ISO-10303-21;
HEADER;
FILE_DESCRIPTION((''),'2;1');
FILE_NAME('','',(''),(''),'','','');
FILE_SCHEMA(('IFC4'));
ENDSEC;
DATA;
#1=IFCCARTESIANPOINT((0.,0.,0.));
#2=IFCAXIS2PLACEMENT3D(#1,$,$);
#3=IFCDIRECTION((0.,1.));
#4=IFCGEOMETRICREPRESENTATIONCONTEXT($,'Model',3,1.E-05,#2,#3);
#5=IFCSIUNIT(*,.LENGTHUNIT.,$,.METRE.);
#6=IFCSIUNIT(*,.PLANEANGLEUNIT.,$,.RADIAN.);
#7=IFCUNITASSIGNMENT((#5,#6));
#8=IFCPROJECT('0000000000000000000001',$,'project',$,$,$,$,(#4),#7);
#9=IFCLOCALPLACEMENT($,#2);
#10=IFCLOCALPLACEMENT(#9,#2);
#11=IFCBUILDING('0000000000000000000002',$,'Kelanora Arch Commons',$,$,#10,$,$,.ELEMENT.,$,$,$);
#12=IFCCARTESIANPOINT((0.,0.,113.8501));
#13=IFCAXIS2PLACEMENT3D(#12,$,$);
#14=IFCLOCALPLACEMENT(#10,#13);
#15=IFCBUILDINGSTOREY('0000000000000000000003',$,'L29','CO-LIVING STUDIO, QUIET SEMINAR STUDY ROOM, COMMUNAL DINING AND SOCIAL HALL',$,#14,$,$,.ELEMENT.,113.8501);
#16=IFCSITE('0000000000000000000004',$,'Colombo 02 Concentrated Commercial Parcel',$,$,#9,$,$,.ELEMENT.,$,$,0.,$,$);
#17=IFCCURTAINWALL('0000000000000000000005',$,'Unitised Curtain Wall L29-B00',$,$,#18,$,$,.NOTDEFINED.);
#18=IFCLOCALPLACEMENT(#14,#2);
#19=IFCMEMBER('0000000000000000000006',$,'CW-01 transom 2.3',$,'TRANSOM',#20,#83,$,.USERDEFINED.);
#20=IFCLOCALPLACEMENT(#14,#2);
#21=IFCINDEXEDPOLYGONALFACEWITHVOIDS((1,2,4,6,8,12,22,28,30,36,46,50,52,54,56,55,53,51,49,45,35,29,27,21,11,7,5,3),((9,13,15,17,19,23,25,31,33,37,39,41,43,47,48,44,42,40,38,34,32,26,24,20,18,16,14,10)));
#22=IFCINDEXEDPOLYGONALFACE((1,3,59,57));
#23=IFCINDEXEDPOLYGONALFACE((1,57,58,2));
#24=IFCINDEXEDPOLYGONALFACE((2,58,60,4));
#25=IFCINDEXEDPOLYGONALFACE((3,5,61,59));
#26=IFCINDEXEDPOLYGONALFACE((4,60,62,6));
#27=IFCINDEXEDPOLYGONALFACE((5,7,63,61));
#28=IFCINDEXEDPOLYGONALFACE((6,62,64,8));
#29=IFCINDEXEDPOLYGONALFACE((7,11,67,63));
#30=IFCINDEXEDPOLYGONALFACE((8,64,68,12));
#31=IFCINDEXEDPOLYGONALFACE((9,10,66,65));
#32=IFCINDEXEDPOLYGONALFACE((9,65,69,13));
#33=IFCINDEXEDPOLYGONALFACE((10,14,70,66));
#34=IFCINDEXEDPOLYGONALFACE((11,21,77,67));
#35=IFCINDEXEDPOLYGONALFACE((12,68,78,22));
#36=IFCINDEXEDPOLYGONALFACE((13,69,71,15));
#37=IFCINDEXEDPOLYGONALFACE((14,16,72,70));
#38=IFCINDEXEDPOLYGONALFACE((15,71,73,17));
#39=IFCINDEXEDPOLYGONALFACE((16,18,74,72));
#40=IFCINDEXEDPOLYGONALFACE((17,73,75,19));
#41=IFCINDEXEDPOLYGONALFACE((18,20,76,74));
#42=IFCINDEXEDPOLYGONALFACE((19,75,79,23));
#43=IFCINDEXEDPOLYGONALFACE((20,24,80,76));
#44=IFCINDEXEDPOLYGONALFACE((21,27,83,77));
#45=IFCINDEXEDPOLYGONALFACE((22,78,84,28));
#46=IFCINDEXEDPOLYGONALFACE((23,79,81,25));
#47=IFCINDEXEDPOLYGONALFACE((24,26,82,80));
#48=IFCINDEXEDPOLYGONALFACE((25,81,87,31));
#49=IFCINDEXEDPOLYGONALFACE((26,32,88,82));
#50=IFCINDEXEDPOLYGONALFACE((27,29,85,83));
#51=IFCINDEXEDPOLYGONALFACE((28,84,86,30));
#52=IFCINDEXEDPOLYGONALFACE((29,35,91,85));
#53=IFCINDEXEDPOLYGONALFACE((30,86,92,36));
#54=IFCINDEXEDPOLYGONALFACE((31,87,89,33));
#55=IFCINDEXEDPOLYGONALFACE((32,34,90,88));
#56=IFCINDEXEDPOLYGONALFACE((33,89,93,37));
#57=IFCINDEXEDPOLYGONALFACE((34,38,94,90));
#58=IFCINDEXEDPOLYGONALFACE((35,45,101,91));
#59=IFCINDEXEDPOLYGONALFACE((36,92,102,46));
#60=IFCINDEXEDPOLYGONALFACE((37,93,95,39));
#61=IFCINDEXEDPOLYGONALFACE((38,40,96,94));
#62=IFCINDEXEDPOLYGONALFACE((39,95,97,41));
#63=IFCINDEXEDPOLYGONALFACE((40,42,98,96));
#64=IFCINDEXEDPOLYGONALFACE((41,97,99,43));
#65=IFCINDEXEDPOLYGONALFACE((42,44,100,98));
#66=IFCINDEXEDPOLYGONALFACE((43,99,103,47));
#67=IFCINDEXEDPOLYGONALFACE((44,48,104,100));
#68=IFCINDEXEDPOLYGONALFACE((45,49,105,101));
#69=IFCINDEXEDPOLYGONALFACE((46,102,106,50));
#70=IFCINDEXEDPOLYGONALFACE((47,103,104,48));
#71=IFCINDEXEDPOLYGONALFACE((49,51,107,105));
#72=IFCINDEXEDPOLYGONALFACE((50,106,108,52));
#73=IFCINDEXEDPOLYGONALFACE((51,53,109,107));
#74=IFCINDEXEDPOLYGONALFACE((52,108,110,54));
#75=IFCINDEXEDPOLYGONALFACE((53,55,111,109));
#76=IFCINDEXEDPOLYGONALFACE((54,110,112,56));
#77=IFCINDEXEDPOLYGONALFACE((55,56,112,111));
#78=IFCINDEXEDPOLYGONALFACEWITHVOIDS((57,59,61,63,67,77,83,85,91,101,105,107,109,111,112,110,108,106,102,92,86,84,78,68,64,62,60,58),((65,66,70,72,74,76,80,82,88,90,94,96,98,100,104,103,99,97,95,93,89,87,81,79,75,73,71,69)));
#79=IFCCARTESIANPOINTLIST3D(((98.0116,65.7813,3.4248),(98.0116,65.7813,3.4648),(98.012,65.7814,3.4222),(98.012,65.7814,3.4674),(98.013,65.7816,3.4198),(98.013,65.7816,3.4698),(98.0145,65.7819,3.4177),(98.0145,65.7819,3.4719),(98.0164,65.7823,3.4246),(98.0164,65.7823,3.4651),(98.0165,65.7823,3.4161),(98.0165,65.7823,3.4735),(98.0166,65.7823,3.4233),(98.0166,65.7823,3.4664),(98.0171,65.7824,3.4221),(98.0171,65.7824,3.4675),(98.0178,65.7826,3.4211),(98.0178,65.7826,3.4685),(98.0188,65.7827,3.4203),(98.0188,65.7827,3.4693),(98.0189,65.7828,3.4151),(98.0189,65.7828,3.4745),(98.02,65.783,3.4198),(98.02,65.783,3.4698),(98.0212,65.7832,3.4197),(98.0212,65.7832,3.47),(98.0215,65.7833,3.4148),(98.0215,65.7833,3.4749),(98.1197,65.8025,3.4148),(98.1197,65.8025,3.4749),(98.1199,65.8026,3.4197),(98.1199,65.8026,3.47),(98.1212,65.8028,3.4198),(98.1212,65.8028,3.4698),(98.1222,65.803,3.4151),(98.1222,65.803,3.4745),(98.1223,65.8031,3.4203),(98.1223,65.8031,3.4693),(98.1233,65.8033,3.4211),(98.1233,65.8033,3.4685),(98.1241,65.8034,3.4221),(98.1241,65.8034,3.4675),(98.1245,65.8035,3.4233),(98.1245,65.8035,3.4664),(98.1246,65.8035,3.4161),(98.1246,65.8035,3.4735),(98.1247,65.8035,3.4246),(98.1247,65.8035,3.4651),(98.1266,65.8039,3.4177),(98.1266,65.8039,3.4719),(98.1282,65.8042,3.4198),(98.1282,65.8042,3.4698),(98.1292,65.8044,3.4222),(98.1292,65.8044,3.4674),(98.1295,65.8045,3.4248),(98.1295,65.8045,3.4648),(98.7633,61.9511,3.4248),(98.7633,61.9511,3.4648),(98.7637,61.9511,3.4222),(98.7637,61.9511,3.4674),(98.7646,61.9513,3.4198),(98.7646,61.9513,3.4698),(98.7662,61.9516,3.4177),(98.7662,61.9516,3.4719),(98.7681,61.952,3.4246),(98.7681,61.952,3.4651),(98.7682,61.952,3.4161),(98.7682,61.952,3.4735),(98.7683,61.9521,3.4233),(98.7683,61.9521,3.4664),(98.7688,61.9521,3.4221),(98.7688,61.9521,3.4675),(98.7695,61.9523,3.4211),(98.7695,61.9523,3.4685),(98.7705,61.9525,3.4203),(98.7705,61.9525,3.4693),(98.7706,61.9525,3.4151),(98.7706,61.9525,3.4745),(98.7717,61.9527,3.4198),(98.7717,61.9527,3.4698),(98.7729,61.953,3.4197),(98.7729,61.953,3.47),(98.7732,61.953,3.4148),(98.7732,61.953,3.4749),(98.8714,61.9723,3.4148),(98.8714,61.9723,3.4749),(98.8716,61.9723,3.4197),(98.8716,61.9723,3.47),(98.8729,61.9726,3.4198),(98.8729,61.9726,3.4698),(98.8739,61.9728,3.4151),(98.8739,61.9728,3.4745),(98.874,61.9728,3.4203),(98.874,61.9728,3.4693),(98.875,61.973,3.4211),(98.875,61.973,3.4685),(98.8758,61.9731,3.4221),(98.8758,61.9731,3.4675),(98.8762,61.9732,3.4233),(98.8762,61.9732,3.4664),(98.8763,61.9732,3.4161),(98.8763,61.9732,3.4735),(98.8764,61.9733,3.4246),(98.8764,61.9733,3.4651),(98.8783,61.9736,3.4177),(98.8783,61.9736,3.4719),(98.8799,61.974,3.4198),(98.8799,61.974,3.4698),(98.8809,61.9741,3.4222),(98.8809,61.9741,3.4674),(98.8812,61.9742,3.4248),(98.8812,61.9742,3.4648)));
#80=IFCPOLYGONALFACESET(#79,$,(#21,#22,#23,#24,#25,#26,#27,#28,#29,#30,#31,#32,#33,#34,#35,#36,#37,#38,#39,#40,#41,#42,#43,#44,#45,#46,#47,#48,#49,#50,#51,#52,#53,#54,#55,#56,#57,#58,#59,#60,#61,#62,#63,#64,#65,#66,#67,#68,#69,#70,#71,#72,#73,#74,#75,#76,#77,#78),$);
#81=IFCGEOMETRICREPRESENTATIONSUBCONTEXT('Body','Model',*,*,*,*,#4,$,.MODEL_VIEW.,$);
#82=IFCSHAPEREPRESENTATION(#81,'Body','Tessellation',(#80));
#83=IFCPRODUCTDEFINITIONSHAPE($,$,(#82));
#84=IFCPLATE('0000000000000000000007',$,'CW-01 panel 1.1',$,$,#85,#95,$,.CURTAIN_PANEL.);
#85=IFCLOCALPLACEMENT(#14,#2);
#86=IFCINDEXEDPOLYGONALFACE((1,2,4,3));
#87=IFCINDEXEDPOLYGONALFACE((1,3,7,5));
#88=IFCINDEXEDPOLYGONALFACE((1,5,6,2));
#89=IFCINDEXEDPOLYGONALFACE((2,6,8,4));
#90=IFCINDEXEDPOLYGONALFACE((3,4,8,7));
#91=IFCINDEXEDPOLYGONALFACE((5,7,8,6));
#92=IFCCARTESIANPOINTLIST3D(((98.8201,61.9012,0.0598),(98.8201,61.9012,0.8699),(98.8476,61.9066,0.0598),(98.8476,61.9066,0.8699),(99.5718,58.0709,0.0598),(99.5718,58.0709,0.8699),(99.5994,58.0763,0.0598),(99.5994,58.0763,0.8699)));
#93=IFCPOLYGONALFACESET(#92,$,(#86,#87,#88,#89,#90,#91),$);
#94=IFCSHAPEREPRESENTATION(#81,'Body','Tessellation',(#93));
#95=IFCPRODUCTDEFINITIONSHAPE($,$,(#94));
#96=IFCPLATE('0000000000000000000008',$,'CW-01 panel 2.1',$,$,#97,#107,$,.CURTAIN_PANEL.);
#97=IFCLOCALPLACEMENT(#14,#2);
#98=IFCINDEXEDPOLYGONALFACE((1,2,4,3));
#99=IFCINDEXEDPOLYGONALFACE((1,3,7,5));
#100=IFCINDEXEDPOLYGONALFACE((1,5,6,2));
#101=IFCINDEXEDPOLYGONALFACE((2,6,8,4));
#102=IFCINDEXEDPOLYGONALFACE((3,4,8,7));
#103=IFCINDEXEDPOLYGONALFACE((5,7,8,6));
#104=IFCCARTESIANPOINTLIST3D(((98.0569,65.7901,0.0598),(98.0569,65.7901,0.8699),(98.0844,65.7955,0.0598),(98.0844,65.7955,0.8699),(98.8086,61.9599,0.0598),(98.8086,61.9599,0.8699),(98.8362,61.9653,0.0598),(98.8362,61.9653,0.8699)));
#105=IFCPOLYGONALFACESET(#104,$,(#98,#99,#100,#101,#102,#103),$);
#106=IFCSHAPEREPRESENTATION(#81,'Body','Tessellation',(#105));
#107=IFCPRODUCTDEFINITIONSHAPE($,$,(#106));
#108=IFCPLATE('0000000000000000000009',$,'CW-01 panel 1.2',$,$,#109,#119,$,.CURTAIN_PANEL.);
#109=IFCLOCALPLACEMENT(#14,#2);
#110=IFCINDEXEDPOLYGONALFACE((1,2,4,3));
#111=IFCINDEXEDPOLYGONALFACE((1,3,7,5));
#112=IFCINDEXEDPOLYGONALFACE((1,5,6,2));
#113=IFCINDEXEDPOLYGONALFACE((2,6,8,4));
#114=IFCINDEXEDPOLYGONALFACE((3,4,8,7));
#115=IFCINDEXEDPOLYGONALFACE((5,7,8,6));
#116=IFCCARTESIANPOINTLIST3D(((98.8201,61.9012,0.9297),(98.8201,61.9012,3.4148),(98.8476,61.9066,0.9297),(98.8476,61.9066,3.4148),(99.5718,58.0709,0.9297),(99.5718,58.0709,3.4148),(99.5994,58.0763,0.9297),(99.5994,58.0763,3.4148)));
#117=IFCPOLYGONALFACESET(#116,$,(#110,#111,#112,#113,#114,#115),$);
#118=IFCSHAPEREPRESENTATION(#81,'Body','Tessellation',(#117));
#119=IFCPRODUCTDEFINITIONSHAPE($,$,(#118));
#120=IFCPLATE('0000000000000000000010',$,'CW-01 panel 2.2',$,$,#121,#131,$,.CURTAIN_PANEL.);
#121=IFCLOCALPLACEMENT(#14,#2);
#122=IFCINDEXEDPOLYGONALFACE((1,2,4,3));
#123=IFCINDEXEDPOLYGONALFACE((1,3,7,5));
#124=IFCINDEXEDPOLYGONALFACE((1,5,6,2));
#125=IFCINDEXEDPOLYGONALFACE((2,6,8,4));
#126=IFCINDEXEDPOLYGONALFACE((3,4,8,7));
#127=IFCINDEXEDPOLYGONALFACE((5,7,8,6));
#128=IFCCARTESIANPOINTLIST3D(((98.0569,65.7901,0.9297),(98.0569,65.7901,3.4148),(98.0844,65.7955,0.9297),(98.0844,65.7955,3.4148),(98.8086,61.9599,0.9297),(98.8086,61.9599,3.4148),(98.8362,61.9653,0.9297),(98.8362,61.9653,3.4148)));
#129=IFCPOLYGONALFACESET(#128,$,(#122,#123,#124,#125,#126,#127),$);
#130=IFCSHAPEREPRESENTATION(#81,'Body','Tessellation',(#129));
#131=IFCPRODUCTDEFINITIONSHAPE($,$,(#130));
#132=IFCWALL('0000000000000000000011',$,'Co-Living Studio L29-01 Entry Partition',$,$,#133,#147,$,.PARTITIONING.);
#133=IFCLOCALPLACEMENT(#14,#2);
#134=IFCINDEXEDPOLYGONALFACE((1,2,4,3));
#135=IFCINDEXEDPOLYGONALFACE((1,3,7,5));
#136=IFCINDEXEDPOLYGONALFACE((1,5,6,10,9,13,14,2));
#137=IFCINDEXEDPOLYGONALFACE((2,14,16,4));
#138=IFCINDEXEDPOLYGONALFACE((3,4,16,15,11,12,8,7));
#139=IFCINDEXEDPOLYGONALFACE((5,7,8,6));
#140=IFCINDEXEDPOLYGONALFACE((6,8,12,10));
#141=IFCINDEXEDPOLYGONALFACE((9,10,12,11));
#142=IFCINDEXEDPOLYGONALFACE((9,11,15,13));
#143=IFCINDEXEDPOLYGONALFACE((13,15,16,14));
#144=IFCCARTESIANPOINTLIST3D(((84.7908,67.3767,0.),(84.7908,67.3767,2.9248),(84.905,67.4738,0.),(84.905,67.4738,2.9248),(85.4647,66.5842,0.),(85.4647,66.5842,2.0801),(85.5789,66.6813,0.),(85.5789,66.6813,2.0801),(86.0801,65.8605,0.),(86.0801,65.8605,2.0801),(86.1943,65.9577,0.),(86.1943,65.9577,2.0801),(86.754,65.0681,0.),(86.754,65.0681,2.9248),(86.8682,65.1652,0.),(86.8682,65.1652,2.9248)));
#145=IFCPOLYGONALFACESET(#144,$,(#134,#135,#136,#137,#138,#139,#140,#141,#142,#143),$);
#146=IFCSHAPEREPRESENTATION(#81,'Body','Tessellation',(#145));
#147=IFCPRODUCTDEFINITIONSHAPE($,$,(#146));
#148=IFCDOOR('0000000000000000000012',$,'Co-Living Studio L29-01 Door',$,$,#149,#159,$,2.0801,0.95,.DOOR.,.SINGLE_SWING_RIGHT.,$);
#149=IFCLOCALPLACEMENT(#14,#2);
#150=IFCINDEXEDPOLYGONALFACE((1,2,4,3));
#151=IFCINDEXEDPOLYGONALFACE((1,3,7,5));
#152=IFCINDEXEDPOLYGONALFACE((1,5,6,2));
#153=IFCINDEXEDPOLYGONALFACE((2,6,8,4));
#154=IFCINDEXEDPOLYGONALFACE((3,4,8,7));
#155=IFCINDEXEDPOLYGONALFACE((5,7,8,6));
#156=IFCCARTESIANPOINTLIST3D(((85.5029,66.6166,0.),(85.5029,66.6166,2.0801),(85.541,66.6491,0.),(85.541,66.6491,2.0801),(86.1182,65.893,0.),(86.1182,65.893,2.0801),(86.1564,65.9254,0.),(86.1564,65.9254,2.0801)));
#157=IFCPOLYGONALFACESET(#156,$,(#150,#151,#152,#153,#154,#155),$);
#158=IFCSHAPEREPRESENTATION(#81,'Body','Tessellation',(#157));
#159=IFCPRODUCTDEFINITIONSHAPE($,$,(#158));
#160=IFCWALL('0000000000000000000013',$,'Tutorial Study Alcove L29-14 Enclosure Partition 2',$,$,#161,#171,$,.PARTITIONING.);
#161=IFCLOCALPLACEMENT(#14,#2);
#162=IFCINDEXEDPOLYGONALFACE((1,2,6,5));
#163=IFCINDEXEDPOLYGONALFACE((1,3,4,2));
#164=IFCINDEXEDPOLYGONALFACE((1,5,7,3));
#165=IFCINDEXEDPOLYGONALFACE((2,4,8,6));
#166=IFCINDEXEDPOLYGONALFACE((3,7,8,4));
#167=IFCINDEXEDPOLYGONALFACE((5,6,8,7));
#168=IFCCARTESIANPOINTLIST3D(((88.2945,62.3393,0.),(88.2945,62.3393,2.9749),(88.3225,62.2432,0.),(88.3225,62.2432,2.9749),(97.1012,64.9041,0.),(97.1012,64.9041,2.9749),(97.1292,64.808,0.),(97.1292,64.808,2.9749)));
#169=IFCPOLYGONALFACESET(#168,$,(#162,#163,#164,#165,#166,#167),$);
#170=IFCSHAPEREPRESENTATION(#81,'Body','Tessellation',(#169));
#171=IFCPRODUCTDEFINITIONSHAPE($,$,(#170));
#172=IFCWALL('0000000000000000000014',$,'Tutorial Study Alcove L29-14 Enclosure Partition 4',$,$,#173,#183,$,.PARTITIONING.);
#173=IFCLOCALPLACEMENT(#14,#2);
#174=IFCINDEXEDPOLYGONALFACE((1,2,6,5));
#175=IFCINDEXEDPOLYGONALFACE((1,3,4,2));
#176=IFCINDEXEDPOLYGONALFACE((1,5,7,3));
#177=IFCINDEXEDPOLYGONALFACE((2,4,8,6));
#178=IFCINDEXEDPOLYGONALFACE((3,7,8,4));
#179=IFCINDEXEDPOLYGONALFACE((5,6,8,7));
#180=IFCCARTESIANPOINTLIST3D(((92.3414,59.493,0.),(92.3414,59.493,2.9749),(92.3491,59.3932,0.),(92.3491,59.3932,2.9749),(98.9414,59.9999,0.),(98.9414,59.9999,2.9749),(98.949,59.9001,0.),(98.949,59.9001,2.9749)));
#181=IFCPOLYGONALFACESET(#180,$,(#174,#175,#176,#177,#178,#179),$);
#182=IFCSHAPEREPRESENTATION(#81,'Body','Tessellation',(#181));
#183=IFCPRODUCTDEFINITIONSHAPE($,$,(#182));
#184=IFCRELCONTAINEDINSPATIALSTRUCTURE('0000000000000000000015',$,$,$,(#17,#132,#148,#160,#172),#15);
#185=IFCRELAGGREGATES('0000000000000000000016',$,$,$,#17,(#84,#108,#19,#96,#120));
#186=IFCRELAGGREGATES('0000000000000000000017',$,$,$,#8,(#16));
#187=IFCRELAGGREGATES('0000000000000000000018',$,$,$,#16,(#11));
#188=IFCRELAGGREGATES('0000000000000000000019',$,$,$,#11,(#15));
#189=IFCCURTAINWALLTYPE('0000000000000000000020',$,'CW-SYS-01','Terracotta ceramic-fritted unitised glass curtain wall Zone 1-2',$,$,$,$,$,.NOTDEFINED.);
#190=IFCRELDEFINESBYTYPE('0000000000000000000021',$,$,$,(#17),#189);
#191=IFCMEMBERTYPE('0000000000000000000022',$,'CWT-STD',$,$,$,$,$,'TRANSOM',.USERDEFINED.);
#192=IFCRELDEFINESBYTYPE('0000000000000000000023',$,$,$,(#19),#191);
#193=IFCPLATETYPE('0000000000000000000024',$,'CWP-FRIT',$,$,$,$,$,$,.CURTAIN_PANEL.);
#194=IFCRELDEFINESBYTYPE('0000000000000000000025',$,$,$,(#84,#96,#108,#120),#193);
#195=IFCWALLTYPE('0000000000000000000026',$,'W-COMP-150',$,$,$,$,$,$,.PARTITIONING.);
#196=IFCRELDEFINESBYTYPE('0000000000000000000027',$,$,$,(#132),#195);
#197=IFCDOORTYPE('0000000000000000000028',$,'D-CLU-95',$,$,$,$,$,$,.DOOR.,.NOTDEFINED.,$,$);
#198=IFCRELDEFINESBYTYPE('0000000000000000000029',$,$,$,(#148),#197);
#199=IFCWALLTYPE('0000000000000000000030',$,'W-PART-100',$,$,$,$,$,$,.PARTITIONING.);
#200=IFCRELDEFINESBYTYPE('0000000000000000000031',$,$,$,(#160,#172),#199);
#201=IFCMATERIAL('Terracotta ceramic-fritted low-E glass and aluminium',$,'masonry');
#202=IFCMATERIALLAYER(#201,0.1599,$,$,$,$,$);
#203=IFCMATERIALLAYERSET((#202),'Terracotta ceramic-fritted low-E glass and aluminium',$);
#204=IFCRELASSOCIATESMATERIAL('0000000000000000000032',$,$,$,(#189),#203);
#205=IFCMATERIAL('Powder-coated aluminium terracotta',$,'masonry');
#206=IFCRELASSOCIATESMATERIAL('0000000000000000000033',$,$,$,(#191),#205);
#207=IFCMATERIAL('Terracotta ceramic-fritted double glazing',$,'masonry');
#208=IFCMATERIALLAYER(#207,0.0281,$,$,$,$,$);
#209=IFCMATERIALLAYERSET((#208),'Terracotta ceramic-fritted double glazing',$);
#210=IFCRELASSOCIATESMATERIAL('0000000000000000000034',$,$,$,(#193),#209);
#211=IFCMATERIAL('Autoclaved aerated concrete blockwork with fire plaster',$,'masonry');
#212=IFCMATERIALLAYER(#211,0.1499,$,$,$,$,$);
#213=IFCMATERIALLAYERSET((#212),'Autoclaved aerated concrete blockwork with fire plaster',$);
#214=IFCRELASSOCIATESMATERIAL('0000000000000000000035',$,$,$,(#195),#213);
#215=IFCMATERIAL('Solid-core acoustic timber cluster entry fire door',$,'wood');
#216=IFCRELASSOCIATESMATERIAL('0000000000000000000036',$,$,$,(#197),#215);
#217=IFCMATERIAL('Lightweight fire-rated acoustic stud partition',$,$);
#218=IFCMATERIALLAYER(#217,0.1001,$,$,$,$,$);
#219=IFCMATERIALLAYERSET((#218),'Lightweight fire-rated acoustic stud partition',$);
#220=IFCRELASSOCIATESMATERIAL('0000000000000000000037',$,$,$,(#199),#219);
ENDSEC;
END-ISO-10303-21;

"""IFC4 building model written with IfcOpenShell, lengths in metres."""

from ifc_helpers import new_model, si_unit, direction, frame, frame_2d, origin, origin_2d, place, context, subcontext, project, spatial, rectangle, hollow_rectangle, extrude, source, transform, mapped, material, layer, layer_set, material_profile, profile_set, type_object, element, fill, aggregate, save


model = new_model("IFC4")

# Units and contexts
model_context = context("Model", 3, precision=1e-05, world=origin(), true_north=direction((0.0, 1.0)))
body_context = subcontext(model_context, "Body", "Model", "MODEL_VIEW")
ifc_project = project(units=[si_unit("LENGTHUNIT", "METRE"), si_unit("PLANEANGLEUNIT", "RADIAN")], contexts=[model_context])

# Site, building, storey
site_placement = place(None, origin())
site = spatial("IfcSite", under=ifc_project, at=site_placement, Name="Colombo 02 Concentrated Commercial Parcel", CompositionType="ELEMENT", RefElevation=0.0)
building_placement = place(site_placement, origin())
building = spatial("IfcBuilding", under=site, at=building_placement, Name="Kelanora Arch Commons", CompositionType="ELEMENT")
storey_placement = place(building_placement, frame((0.0, 0.0, 113.8501)))
storey = spatial("IfcBuildingStorey", under=building, at=storey_placement, Name="L29", Description="CO-LIVING STUDIO, QUIET SEMINAR STUDY ROOM, COMMUNAL DINING AND SOCIAL HALL", CompositionType="ELEMENT", Elevation=113.8501)

# Curtain wall, member, plates
ifc_material_1 = material(Name="Terracotta ceramic-fritted low-E glass and aluminium", Category="masonry")
ifc_layer_1 = layer(ifc_material_1, 0.1599)
ifc_layer_set_1 = layer_set([ifc_layer_1], Name="Terracotta ceramic-fritted low-E glass and aluminium")
curtain_wall_type = type_object("IfcCurtainWallType", Name="CW-SYS-01", Description="Terracotta ceramic-fritted unitised glass curtain wall Zone 1-2", PredefinedType="NOTDEFINED", material=ifc_layer_set_1)
curtain_wall_placement = place(storey_placement, origin())
curtain_wall = element("IfcCurtainWall", 1, at=curtain_wall_placement, inside=storey, type_object=curtain_wall_type, Name="Unitised Curtain Wall L29-B00", PredefinedType="NOTDEFINED")
ifc_material_2 = material(Name="Powder-coated aluminium terracotta", Category="masonry")
ifc_material_profile_1 = material_profile(ifc_material_2, hollow_rectangle(XDim=0.1201, YDim=0.0601, WallThickness=0.0049, InnerFilletRadius=0.0049, OuterFilletRadius=0.01, at=origin_2d()), Name="CWT120x60")
ifc_profile_set_1 = profile_set([ifc_material_profile_1], Name="Powder-coated aluminium terracotta")
member_type_1 = type_object("IfcMemberType", Name="CWT-STD", ElementType="TRANSOM", PredefinedType="USERDEFINED", material=ifc_profile_set_1)
member_1_placement = place(storey_placement, frame((98.8223, 61.9626, 3.4448), z_axis=(-0.192579, 0.981282, 0.0), x_axis=(-0.981282, -0.192579, 0.0)))
member_1 = element("IfcMember", 2, at=member_1_placement, type_object=member_type_1, Name="CW-01 transom 2.3", ObjectType="TRANSOM", PredefinedType="USERDEFINED", context=body_context, shape_type="SweptSolid", body=[
    extrude(hollow_rectangle(XDim=0.1201, YDim=0.0601, WallThickness=0.0049, InnerFilletRadius=0.0049, OuterFilletRadius=0.01, at=origin_2d()), origin(), (0.0, 0.0, 1.0), 3.9033),
])
ifc_material_3 = material(Name="Terracotta ceramic-fritted double glazing", Category="masonry")
ifc_layer_2 = layer(ifc_material_3, 0.0281)
ifc_layer_set_2 = layer_set([ifc_layer_2], Name="Terracotta ceramic-fritted double glazing")
plate_type = type_object("IfcPlateType", Name="CWP-FRIT", PredefinedType="CURTAIN_PANEL", material=ifc_layer_set_2)
shared_shape_1 = source(origin(), body_context, "Body", "SweptSolid", [
    extrude(rectangle(XDim=3.9033, YDim=0.0281, at=origin_2d()), origin(), (0.0, 0.0, 1.0), 0.8101),
])
plate_1_placement = place(storey_placement, frame((99.2097, 59.9888, 0.0598), z_axis=(0.0, 0.0, 1.0), x_axis=(-0.192585, 0.98128, 0.0)))
plate_1 = element("IfcPlate", 3, at=plate_1_placement, type_object=plate_type, Name="CW-01 panel 1.1", PredefinedType="CURTAIN_PANEL", context=body_context, shape_type="MappedRepresentation", body=[
    mapped(shared_shape_1, transform((0.0, 0.0, 0.0), scale=1.0)),
])
plate_2_placement = place(storey_placement, frame((98.4465, 63.8777, 0.0598), z_axis=(0.0, 0.0, 1.0), x_axis=(-0.192585, 0.98128, 0.0)))
plate_2 = element("IfcPlate", 4, at=plate_2_placement, type_object=plate_type, Name="CW-01 panel 2.1", PredefinedType="CURTAIN_PANEL", context=body_context, shape_type="MappedRepresentation", body=[
    mapped(shared_shape_1, transform((0.0, 0.0, 0.0), scale=1.0)),
])
shared_shape_2 = source(origin(), body_context, "Body", "SweptSolid", [
    extrude(rectangle(XDim=3.9033, YDim=0.0281, at=origin_2d()), origin(), (0.0, 0.0, 1.0), 2.4851),
])
plate_3_placement = place(storey_placement, frame((99.2097, 59.9888, 0.9297), z_axis=(0.0, 0.0, 1.0), x_axis=(-0.192585, 0.98128, 0.0)))
plate_3 = element("IfcPlate", 5, at=plate_3_placement, type_object=plate_type, Name="CW-01 panel 1.2", PredefinedType="CURTAIN_PANEL", context=body_context, shape_type="MappedRepresentation", body=[
    mapped(shared_shape_2, transform((0.0, 0.0, 0.0), scale=1.0)),
])
plate_4_placement = place(storey_placement, frame((98.4465, 63.8777, 0.9297), z_axis=(0.0, 0.0, 1.0), x_axis=(-0.192585, 0.98128, 0.0)))
plate_4 = element("IfcPlate", 6, at=plate_4_placement, type_object=plate_type, Name="CW-01 panel 2.2", PredefinedType="CURTAIN_PANEL", context=body_context, shape_type="MappedRepresentation", body=[
    mapped(shared_shape_2, transform((0.0, 0.0, 0.0), scale=1.0)),
])
aggregate(curtain_wall, [plate_1, plate_3, member_1, plate_2, plate_4])

# Wall, opening, door
ifc_material_4 = material(Name="Autoclaved aerated concrete blockwork with fire plaster", Category="masonry")
ifc_layer_3 = layer(ifc_material_4, 0.1499)
ifc_layer_set_3 = layer_set([ifc_layer_3], Name="Autoclaved aerated concrete blockwork with fire plaster")
wall_type_1 = type_object("IfcWallType", Name="W-COMP-150", PredefinedType="PARTITIONING", material=ifc_layer_set_3)
wall_1_placement = place(storey_placement, frame((86.811, 65.1167, 0.0), z_axis=(0.0, 0.0, 1.0), x_axis=(-0.647807, 0.761804, 0.0)))
wall_1 = element("IfcWall", 7, at=wall_1_placement, inside=storey, type_object=wall_type_1, Name="Co-Living Studio L29-01 Entry Partition", PredefinedType="PARTITIONING", context=body_context, shape_type="SweptSolid", body=[
    extrude(rectangle(XDim=3.0305, YDim=0.1499, at=frame_2d((1.5151, 0.0))), origin(), (0.0, 0.0, 1.0), 2.9248),
])
opening_1_placement = place(wall_1_placement, frame((1.04, 0.0, 0.0)))
opening_1 = element("IfcOpeningElement", 8, at=opening_1_placement, cuts=wall_1, PredefinedType="OPENING", context=body_context, shape_type="SweptSolid", body=[
    extrude(rectangle(XDim=0.95, YDim=2.0801, at=frame_2d((0.4751, 1.04))), frame((0.0, 0.085, 0.0), z_axis=(0.0, -1.0, 0.0), x_axis=(1.0, 0.0, 0.0)), (0.0, 0.0, 1.0), 0.1699),
])
ifc_material_5 = material(Name="Solid-core acoustic timber cluster entry fire door", Category="wood")
door_type_1 = type_object("IfcDoorType", Name="D-CLU-95", OperationType="NOTDEFINED", PredefinedType="DOOR", material=ifc_material_5)
door_1_placement = place(opening_1_placement, origin())
door_1 = element("IfcDoor", 9, at=door_1_placement, inside=storey, type_object=door_type_1, Name="Co-Living Studio L29-01 Door", OperationType="SINGLE_SWING_RIGHT", OverallHeight=2.0801, OverallWidth=0.95, PredefinedType="DOOR", context=body_context, shape_type="SweptSolid", body=[
    extrude(rectangle(XDim=0.95, YDim=2.0801, at=frame_2d((0.4751, 1.04))), frame((0.0, 0.0249, 0.0), z_axis=(0.0, -1.0, 0.0), x_axis=(1.0, 0.0, 0.0)), (0.0, 0.0, 1.0), 0.05),
])
fill(opening_1, door_1)

# Walls
ifc_material_6 = material(Name="Lightweight fire-rated acoustic stud partition")
ifc_layer_4 = layer(ifc_material_6, 0.1001)
ifc_layer_set_4 = layer_set([ifc_layer_4], Name="Lightweight fire-rated acoustic stud partition")
wall_type_2 = type_object("IfcWallType", Name="W-PART-100", PredefinedType="PARTITIONING", material=ifc_layer_set_4)
wall_2_placement = place(storey_placement, frame((88.3083, 62.2913, 0.0), z_axis=(0.0, 0.0, 1.0), x_axis=(0.960114, 0.279607, 0.0)))
element("IfcWall", 10, at=wall_2_placement, inside=storey, type_object=wall_type_2, Name="Tutorial Study Alcove L29-14 Enclosure Partition 2", PredefinedType="PARTITIONING", context=body_context, shape_type="SweptSolid", body=[
    extrude(rectangle(XDim=9.1726, YDim=0.1001, at=frame_2d((4.5864, 0.0))), origin(), (0.0, 0.0, 1.0), 2.9749),
])
wall_3_placement = place(storey_placement, frame((98.9451, 59.95, 0.0), z_axis=(0.0, 0.0, 1.0), x_axis=(-0.997064, -0.07657, 0.0)))
element("IfcWall", 11, at=wall_3_placement, inside=storey, type_object=wall_type_2, Name="Tutorial Study Alcove L29-14 Enclosure Partition 4", PredefinedType="PARTITIONING", context=body_context, shape_type="SweptSolid", body=[
    extrude(rectangle(XDim=6.6194, YDim=0.1001, at=frame_2d((3.3096, 0.0))), origin(), (0.0, 0.0, 1.0), 2.9749),
])

save(model, "model.ifc")
